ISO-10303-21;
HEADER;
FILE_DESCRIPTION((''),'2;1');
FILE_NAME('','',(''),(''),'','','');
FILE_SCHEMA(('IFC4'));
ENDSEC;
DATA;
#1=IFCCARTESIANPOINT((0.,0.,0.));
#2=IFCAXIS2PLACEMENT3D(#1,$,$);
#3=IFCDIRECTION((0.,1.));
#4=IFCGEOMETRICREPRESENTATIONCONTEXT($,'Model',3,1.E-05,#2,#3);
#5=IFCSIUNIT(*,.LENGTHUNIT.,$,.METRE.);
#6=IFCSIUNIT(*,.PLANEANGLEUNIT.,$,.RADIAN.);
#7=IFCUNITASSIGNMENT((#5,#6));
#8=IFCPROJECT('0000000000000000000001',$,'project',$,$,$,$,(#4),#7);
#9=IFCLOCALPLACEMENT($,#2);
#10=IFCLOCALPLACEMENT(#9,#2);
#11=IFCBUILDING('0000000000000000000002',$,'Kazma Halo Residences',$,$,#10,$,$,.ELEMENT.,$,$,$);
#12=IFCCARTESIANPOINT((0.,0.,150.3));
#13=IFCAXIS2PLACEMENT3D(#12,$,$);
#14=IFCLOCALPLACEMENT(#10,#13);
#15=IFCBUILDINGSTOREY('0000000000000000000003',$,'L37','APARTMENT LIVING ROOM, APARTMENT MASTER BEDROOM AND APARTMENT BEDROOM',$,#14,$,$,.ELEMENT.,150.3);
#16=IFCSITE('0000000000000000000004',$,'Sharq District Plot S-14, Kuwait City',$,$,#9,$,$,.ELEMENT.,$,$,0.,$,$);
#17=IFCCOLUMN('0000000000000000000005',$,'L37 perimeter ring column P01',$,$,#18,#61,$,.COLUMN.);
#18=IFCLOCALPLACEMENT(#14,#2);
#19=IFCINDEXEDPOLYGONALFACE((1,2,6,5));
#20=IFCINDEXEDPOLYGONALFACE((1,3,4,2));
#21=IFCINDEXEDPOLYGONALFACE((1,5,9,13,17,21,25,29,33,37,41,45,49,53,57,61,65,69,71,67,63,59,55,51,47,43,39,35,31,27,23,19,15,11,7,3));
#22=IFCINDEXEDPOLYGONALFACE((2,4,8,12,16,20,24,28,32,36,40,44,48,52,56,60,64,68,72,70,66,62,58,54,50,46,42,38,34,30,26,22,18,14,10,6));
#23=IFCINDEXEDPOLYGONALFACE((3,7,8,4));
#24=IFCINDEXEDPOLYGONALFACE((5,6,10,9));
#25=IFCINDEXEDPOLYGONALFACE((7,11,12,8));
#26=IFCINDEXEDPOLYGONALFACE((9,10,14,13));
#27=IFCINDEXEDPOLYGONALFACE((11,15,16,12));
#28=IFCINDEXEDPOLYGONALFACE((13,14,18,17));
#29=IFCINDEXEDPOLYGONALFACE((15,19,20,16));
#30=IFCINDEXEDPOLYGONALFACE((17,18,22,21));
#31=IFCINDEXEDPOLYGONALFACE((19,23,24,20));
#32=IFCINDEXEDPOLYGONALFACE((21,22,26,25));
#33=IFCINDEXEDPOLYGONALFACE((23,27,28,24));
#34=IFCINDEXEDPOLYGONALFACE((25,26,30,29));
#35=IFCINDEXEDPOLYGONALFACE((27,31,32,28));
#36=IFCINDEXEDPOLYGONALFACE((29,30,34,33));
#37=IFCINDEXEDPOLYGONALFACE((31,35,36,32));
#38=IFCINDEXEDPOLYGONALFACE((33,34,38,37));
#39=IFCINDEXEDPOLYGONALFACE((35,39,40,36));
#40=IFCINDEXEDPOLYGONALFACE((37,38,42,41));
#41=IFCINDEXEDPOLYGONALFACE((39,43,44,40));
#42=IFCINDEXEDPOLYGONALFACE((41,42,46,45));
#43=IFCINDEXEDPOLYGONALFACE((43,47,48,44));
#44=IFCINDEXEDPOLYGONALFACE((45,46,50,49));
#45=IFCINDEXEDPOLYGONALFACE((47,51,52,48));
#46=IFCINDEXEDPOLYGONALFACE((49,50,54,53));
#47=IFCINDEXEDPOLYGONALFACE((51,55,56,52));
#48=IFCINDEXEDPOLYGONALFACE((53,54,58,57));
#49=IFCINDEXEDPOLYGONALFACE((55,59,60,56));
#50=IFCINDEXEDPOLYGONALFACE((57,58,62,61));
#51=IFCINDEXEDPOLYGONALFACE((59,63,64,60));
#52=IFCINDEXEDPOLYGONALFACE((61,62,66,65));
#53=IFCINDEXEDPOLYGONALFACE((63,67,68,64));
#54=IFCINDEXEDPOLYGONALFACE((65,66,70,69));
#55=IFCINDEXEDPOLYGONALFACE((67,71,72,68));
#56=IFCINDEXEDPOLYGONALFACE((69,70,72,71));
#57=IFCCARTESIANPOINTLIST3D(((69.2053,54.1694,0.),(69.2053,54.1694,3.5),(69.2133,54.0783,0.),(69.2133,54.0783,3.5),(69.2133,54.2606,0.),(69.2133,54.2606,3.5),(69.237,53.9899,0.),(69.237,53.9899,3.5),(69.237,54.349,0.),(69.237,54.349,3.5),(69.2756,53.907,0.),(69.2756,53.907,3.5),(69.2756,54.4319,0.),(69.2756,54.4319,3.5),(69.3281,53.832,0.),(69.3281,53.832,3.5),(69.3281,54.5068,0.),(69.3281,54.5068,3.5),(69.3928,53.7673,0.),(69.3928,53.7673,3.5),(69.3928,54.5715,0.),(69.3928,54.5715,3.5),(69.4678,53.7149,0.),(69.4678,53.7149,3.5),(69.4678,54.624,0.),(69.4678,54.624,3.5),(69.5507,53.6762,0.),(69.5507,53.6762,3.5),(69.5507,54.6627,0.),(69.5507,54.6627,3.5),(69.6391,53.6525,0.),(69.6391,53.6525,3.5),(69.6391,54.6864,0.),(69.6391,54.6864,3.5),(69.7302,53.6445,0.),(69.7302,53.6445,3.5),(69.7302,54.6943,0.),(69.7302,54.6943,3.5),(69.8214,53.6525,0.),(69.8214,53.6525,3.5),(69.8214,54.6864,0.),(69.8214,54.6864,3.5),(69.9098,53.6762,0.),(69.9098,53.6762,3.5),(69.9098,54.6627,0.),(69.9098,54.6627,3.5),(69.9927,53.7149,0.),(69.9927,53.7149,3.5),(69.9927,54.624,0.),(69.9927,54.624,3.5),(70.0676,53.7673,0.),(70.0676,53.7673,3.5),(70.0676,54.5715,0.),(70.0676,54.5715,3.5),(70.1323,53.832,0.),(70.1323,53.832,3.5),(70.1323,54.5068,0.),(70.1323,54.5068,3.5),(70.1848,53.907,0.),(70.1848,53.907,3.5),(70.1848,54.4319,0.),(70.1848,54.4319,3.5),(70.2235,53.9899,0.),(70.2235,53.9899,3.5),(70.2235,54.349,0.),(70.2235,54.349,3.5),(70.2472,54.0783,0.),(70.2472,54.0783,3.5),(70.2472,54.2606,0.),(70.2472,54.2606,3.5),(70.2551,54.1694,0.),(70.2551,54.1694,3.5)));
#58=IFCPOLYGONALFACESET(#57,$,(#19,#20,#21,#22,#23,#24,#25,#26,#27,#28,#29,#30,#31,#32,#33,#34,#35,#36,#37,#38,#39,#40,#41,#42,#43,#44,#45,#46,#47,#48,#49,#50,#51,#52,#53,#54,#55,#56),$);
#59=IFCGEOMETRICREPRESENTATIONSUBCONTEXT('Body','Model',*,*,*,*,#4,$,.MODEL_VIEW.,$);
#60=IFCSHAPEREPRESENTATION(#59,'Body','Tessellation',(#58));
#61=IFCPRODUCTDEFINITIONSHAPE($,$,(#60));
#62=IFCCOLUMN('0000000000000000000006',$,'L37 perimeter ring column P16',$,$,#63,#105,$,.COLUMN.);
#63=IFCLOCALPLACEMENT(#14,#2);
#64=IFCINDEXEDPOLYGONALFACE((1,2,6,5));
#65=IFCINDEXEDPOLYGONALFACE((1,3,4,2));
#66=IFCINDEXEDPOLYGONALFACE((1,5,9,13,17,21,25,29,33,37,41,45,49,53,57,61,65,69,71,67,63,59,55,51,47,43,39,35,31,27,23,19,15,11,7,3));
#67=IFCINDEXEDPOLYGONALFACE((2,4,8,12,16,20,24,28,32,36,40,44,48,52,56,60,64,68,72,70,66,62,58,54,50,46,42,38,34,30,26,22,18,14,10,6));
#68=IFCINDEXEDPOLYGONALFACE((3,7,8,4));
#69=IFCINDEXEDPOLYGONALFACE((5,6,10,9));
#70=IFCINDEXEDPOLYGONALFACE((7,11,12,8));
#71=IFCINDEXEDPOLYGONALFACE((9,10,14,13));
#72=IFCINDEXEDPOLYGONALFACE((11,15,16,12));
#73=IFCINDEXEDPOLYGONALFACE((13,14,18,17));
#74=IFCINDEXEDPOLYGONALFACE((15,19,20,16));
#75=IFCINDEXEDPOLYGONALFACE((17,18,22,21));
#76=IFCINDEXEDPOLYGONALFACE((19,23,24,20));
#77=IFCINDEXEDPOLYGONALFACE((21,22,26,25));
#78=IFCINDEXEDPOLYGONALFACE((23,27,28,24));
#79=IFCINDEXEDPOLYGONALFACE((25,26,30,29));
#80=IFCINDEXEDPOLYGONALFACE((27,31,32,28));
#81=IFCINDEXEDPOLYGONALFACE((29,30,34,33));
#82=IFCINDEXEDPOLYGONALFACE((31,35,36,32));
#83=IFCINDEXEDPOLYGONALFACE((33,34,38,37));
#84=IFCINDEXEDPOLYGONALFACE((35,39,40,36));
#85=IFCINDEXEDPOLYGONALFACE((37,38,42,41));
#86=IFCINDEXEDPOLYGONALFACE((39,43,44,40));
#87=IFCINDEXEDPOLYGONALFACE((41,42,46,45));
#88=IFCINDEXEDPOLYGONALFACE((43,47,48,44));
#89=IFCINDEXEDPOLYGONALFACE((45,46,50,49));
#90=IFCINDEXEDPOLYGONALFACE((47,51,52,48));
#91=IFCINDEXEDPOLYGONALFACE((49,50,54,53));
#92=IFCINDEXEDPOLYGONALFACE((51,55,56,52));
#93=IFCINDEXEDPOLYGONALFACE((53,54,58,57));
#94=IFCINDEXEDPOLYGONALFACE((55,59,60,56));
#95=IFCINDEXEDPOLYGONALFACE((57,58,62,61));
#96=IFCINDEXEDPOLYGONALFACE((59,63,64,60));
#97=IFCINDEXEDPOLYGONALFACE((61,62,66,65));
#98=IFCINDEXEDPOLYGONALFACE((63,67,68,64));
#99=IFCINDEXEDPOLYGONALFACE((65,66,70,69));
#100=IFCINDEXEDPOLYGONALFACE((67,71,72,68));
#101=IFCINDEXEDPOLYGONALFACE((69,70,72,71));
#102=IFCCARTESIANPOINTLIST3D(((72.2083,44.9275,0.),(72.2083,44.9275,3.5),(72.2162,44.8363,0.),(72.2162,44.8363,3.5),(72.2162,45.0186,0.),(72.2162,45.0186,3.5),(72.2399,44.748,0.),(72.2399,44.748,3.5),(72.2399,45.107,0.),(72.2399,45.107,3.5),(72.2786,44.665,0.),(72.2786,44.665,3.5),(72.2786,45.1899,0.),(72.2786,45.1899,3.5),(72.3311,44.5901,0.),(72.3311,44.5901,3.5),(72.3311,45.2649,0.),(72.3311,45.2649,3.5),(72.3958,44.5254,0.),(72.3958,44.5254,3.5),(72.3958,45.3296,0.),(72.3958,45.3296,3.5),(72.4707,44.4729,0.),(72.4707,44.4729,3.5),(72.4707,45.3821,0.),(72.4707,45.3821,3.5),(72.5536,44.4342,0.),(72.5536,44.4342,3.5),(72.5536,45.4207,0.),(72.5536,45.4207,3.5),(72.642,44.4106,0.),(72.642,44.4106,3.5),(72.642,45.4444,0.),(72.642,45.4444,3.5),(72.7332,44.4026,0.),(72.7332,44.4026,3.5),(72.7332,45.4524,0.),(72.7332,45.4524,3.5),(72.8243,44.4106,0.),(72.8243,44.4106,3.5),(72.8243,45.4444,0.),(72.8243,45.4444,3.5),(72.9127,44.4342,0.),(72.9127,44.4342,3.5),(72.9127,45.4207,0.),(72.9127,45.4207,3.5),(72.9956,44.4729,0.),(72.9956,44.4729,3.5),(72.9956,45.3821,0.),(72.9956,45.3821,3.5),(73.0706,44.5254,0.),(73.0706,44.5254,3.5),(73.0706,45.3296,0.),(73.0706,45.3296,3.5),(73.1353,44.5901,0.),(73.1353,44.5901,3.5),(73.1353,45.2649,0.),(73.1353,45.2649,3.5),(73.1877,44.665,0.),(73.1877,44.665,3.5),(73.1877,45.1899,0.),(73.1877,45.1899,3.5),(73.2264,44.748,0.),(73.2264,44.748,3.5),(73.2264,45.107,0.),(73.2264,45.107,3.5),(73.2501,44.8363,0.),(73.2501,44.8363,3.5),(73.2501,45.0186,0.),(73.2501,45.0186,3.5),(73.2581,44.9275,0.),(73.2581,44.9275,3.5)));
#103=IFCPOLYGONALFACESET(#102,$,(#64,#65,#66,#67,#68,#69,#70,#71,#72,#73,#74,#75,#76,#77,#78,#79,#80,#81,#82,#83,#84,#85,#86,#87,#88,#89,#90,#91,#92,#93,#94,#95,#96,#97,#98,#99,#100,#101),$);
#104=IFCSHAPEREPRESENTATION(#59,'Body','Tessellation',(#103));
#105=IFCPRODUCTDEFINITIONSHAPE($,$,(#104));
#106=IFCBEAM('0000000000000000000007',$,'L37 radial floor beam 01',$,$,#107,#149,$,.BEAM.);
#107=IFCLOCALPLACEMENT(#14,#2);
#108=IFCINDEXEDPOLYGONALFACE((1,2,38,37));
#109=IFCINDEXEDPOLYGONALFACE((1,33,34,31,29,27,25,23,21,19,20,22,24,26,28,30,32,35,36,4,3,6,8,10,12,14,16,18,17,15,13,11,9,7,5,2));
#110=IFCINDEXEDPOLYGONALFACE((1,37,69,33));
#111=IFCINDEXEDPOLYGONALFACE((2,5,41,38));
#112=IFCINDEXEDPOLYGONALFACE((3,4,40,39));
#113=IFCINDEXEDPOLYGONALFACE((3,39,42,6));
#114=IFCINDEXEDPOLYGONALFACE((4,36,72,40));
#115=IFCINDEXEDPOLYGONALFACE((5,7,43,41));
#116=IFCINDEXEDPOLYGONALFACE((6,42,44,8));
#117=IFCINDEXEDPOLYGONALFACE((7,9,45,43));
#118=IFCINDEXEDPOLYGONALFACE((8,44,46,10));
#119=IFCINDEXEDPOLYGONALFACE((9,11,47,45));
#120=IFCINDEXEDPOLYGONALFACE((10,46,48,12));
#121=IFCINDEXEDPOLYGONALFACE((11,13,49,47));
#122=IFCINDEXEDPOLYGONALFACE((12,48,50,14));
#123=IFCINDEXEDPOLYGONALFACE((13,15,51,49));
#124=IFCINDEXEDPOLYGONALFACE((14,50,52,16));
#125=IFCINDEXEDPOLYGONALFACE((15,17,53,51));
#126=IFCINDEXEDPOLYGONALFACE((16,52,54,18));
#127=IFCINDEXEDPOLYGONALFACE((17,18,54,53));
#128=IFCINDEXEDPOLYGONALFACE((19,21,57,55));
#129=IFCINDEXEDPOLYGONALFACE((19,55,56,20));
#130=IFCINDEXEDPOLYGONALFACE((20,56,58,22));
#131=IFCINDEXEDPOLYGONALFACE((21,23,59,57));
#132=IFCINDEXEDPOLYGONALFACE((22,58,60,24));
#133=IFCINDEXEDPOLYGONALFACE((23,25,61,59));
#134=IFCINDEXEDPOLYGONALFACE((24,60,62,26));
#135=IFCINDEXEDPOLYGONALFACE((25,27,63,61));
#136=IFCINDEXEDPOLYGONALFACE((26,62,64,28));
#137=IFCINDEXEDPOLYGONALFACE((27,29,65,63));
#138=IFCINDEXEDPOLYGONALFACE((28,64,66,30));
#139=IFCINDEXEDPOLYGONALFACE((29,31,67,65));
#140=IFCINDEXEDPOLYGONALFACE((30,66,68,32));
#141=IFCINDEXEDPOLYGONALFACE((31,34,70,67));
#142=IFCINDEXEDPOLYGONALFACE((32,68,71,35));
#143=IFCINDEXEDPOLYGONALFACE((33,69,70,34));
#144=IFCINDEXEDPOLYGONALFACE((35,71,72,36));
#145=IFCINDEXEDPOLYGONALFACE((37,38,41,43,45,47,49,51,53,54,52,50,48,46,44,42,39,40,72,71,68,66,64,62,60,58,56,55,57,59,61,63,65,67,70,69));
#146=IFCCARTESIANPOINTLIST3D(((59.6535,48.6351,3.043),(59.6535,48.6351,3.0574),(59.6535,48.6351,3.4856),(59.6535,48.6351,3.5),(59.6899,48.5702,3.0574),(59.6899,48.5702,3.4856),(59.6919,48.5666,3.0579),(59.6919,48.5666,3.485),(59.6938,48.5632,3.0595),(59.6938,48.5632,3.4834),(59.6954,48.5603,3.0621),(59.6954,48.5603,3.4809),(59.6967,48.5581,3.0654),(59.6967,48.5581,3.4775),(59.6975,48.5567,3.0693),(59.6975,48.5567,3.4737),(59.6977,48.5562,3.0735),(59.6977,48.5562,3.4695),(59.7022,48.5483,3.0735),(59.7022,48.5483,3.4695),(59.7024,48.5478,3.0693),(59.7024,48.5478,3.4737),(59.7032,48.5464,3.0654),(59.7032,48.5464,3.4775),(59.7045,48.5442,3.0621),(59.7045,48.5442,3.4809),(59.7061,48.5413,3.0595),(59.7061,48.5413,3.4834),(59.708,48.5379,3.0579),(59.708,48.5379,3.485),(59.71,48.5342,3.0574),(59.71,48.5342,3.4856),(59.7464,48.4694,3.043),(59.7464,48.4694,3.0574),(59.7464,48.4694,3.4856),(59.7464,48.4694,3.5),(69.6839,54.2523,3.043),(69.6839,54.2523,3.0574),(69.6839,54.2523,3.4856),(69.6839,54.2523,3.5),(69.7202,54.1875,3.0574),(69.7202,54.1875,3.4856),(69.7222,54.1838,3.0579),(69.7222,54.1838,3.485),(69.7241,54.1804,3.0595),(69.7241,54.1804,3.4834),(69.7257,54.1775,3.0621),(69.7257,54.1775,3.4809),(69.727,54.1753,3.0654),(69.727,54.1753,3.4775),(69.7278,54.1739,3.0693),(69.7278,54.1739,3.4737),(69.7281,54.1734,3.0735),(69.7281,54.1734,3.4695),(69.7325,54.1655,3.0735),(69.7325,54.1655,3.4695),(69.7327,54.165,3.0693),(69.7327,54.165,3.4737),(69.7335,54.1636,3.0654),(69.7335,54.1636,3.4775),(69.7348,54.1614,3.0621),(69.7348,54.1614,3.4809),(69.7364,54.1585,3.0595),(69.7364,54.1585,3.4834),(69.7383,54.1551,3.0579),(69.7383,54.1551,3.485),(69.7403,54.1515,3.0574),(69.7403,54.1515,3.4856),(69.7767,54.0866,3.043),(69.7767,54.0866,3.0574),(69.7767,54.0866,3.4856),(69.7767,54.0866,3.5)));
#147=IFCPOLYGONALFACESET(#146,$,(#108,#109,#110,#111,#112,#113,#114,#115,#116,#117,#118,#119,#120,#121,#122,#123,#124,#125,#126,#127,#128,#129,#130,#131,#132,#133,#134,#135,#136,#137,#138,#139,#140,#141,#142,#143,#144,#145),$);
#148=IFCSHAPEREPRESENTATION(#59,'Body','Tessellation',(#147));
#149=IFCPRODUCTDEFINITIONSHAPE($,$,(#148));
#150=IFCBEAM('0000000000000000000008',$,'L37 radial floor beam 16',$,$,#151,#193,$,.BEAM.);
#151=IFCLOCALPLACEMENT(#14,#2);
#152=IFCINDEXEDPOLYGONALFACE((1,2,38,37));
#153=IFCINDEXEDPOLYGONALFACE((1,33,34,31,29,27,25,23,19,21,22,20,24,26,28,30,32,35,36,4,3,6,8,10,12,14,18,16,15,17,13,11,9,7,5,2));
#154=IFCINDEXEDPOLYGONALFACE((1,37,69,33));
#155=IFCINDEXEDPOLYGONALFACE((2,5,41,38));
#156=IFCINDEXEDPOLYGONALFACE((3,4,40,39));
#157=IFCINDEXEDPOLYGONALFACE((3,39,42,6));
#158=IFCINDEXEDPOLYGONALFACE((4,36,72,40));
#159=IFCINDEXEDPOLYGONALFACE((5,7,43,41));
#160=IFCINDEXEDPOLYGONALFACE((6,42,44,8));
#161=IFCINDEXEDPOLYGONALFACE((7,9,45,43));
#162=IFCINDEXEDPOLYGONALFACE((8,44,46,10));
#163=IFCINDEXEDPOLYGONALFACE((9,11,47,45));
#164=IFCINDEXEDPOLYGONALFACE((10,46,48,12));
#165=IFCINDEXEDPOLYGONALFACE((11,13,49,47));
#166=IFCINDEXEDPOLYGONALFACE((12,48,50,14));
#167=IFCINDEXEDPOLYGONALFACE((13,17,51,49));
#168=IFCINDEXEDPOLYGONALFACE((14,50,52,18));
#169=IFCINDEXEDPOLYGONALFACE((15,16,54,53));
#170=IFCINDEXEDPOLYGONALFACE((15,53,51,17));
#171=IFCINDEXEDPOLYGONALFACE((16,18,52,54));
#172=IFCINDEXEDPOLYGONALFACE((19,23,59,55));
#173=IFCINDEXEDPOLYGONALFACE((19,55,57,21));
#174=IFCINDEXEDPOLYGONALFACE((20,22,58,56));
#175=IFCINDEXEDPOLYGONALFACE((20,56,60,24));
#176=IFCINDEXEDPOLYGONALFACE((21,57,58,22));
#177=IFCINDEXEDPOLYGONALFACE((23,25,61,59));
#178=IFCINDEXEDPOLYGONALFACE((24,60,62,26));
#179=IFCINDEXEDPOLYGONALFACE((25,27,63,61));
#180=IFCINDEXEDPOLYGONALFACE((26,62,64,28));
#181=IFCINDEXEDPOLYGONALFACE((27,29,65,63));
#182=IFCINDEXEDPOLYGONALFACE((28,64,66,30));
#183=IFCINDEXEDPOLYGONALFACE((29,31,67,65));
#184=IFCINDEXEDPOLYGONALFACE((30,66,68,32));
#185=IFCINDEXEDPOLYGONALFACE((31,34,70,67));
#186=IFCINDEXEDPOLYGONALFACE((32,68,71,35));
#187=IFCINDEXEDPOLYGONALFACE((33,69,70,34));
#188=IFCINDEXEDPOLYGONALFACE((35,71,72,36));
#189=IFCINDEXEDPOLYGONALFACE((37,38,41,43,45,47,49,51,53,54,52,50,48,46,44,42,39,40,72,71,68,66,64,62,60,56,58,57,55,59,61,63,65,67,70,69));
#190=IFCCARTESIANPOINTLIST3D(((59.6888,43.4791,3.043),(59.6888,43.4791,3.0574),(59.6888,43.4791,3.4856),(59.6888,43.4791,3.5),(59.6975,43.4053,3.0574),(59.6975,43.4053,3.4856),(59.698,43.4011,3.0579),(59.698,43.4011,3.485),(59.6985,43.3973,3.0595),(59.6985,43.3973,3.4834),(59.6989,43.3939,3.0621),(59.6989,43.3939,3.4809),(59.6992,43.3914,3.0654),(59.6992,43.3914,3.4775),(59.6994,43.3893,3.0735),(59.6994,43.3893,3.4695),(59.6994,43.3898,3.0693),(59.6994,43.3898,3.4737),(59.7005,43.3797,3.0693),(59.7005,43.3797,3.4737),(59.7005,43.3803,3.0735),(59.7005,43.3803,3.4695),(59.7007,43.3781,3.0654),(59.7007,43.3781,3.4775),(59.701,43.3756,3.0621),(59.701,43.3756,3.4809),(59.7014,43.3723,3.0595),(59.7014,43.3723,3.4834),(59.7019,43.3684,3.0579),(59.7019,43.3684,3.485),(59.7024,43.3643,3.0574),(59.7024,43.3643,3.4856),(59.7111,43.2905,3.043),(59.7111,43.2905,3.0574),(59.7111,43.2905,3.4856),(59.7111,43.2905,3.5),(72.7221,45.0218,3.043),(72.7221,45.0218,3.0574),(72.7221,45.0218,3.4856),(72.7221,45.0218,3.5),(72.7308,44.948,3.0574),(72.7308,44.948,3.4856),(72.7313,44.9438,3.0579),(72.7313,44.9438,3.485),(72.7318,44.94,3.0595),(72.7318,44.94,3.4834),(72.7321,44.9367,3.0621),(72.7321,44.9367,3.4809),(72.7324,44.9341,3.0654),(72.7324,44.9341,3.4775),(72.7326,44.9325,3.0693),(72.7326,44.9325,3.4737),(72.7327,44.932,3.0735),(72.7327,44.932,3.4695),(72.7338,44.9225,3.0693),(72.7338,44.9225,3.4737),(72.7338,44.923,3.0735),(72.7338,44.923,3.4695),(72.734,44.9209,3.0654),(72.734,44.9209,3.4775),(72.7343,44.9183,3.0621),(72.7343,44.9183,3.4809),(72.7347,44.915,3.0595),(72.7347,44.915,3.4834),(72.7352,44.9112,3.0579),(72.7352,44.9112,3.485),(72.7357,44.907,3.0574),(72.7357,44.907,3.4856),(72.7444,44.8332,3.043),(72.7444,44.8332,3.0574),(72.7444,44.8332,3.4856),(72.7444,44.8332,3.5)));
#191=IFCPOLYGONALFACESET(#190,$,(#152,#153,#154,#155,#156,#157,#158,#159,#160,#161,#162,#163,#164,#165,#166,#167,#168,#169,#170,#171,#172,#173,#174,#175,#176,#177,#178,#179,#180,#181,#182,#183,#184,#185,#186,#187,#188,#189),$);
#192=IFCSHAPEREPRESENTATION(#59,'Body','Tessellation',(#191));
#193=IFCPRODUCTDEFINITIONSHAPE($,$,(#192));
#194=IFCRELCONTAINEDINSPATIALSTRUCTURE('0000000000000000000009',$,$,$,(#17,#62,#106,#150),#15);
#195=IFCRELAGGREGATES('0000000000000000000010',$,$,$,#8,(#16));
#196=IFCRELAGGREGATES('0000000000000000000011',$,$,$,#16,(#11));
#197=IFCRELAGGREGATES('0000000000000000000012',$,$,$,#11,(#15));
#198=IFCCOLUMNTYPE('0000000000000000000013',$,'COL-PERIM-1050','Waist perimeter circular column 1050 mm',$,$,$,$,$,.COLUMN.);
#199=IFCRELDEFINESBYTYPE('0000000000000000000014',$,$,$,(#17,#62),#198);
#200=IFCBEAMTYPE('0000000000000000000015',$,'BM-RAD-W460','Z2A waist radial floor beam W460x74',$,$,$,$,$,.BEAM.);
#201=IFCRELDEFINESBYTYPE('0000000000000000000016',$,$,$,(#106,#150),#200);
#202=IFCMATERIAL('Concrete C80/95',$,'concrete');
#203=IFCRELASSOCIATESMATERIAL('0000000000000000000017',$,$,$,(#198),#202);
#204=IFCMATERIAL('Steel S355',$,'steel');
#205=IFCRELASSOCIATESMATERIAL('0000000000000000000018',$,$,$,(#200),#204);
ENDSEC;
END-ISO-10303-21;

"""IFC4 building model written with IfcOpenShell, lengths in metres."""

from ifc_helpers import new_model, si_unit, direction, frame, origin, origin_2d, place, context, subcontext, project, spatial, circle, i_section, extrude, material, material_profile, profile_set, type_object, element, save


model = new_model("IFC4")

# Units and contexts
model_context = context("Model", 3, precision=1e-05, world=origin(), true_north=direction((0.0, 1.0)))
body_context = subcontext(model_context, "Body", "Model", "MODEL_VIEW")
ifc_project = project(units=[si_unit("LENGTHUNIT", "METRE"), si_unit("PLANEANGLEUNIT", "RADIAN")], contexts=[model_context])

# Site, building, storey
site_placement = place(None, origin())
site = spatial("IfcSite", under=ifc_project, at=site_placement, Name="Sharq District Plot S-14, Kuwait City", CompositionType="ELEMENT", RefElevation=0.0)
building_placement = place(site_placement, origin())
building = spatial("IfcBuilding", under=site, at=building_placement, Name="Kazma Halo Residences", CompositionType="ELEMENT")
storey_placement = place(building_placement, frame((0.0, 0.0, 150.3)))
storey = spatial("IfcBuildingStorey", under=building, at=storey_placement, Name="L37", Description="APARTMENT LIVING ROOM, APARTMENT MASTER BEDROOM AND APARTMENT BEDROOM", CompositionType="ELEMENT", Elevation=150.3)

# Columns
ifc_material_1 = material(Name="Concrete C80/95", Category="concrete")
ifc_material_profile_1 = material_profile(ifc_material_1, circle(Radius=0.5249, at=origin_2d()), Name="CIRC1050")
ifc_profile_set_1 = profile_set([ifc_material_profile_1], Name="Concrete C80/95")
column_type = type_object("IfcColumnType", Name="COL-PERIM-1050", Description="Waist perimeter circular column 1050 mm", PredefinedType="COLUMN", material=ifc_profile_set_1)
for number, where, z_axis, x_axis, name in (
    (1, (69.7302, 54.1694, 0.0), (0.0, 0.0, 1.0), (1.0, 0.0, 0.0), "L37 perimeter ring column P01"),
    (2, (72.7332, 44.9275, 0.0), (0.0, 0.0, 1.0), (1.0, 0.0, 0.0), "L37 perimeter ring column P16"),
):
    element("IfcColumn", number, at=place(storey_placement, frame(where, z_axis=z_axis, x_axis=x_axis)), inside=storey, type_object=column_type, Name=name, PredefinedType="COLUMN", context=body_context, shape_type="SweptSolid", body=[
        extrude(circle(Radius=0.5249, at=origin_2d()), origin(), (0.0, 0.0, 1.0), 3.5),
    ])

# Beams
ifc_material_2 = material(Name="Steel S355", Category="steel")
ifc_material_profile_2 = material_profile(ifc_material_2, i_section(OverallWidth=0.1899, OverallDepth=0.457, WebThickness=0.009, FlangeThickness=0.0144, FilletRadius=0.0161, at=origin_2d()), Name="W460x74")
ifc_profile_set_2 = profile_set([ifc_material_profile_2], Name="Steel S355")
beam_type_1 = type_object("IfcBeamType", Name="BM-RAD-W460", Description="Z2A waist radial floor beam W460x74", PredefinedType="BEAM", material=ifc_profile_set_2)
beam_1_placement = place(storey_placement, frame((59.7, 48.5522, 3.2715), z_axis=(0.872497, 0.488619, 0.0), x_axis=(-0.488619, 0.872497, 0.0)))
element("IfcBeam", 3, at=beam_1_placement, inside=storey, type_object=beam_type_1, Name="L37 radial floor beam 01", PredefinedType="BEAM", context=body_context, shape_type="SweptSolid", body=[
    extrude(i_section(OverallWidth=0.1899, OverallDepth=0.457, WebThickness=0.009, FlangeThickness=0.0144, FilletRadius=0.0161, at=origin_2d()), origin(), (0.0, 0.0, 1.0), 11.4961),
])
beam_2_placement = place(storey_placement, frame((59.7, 43.3848, 3.2715), z_axis=(0.993067, 0.117548, 0.0), x_axis=(-0.117548, 0.993067, 0.0)))
element("IfcBeam", 4, at=beam_2_placement, inside=storey, type_object=beam_type_1, Name="L37 radial floor beam 16", PredefinedType="BEAM", context=body_context, shape_type="SweptSolid", body=[
    extrude(i_section(OverallWidth=0.1899, OverallDepth=0.457, WebThickness=0.009, FlangeThickness=0.0144, FilletRadius=0.0161, at=origin_2d()), origin(), (0.0, 0.0, 1.0), 13.1243),
])

save(model, "model.ifc")
